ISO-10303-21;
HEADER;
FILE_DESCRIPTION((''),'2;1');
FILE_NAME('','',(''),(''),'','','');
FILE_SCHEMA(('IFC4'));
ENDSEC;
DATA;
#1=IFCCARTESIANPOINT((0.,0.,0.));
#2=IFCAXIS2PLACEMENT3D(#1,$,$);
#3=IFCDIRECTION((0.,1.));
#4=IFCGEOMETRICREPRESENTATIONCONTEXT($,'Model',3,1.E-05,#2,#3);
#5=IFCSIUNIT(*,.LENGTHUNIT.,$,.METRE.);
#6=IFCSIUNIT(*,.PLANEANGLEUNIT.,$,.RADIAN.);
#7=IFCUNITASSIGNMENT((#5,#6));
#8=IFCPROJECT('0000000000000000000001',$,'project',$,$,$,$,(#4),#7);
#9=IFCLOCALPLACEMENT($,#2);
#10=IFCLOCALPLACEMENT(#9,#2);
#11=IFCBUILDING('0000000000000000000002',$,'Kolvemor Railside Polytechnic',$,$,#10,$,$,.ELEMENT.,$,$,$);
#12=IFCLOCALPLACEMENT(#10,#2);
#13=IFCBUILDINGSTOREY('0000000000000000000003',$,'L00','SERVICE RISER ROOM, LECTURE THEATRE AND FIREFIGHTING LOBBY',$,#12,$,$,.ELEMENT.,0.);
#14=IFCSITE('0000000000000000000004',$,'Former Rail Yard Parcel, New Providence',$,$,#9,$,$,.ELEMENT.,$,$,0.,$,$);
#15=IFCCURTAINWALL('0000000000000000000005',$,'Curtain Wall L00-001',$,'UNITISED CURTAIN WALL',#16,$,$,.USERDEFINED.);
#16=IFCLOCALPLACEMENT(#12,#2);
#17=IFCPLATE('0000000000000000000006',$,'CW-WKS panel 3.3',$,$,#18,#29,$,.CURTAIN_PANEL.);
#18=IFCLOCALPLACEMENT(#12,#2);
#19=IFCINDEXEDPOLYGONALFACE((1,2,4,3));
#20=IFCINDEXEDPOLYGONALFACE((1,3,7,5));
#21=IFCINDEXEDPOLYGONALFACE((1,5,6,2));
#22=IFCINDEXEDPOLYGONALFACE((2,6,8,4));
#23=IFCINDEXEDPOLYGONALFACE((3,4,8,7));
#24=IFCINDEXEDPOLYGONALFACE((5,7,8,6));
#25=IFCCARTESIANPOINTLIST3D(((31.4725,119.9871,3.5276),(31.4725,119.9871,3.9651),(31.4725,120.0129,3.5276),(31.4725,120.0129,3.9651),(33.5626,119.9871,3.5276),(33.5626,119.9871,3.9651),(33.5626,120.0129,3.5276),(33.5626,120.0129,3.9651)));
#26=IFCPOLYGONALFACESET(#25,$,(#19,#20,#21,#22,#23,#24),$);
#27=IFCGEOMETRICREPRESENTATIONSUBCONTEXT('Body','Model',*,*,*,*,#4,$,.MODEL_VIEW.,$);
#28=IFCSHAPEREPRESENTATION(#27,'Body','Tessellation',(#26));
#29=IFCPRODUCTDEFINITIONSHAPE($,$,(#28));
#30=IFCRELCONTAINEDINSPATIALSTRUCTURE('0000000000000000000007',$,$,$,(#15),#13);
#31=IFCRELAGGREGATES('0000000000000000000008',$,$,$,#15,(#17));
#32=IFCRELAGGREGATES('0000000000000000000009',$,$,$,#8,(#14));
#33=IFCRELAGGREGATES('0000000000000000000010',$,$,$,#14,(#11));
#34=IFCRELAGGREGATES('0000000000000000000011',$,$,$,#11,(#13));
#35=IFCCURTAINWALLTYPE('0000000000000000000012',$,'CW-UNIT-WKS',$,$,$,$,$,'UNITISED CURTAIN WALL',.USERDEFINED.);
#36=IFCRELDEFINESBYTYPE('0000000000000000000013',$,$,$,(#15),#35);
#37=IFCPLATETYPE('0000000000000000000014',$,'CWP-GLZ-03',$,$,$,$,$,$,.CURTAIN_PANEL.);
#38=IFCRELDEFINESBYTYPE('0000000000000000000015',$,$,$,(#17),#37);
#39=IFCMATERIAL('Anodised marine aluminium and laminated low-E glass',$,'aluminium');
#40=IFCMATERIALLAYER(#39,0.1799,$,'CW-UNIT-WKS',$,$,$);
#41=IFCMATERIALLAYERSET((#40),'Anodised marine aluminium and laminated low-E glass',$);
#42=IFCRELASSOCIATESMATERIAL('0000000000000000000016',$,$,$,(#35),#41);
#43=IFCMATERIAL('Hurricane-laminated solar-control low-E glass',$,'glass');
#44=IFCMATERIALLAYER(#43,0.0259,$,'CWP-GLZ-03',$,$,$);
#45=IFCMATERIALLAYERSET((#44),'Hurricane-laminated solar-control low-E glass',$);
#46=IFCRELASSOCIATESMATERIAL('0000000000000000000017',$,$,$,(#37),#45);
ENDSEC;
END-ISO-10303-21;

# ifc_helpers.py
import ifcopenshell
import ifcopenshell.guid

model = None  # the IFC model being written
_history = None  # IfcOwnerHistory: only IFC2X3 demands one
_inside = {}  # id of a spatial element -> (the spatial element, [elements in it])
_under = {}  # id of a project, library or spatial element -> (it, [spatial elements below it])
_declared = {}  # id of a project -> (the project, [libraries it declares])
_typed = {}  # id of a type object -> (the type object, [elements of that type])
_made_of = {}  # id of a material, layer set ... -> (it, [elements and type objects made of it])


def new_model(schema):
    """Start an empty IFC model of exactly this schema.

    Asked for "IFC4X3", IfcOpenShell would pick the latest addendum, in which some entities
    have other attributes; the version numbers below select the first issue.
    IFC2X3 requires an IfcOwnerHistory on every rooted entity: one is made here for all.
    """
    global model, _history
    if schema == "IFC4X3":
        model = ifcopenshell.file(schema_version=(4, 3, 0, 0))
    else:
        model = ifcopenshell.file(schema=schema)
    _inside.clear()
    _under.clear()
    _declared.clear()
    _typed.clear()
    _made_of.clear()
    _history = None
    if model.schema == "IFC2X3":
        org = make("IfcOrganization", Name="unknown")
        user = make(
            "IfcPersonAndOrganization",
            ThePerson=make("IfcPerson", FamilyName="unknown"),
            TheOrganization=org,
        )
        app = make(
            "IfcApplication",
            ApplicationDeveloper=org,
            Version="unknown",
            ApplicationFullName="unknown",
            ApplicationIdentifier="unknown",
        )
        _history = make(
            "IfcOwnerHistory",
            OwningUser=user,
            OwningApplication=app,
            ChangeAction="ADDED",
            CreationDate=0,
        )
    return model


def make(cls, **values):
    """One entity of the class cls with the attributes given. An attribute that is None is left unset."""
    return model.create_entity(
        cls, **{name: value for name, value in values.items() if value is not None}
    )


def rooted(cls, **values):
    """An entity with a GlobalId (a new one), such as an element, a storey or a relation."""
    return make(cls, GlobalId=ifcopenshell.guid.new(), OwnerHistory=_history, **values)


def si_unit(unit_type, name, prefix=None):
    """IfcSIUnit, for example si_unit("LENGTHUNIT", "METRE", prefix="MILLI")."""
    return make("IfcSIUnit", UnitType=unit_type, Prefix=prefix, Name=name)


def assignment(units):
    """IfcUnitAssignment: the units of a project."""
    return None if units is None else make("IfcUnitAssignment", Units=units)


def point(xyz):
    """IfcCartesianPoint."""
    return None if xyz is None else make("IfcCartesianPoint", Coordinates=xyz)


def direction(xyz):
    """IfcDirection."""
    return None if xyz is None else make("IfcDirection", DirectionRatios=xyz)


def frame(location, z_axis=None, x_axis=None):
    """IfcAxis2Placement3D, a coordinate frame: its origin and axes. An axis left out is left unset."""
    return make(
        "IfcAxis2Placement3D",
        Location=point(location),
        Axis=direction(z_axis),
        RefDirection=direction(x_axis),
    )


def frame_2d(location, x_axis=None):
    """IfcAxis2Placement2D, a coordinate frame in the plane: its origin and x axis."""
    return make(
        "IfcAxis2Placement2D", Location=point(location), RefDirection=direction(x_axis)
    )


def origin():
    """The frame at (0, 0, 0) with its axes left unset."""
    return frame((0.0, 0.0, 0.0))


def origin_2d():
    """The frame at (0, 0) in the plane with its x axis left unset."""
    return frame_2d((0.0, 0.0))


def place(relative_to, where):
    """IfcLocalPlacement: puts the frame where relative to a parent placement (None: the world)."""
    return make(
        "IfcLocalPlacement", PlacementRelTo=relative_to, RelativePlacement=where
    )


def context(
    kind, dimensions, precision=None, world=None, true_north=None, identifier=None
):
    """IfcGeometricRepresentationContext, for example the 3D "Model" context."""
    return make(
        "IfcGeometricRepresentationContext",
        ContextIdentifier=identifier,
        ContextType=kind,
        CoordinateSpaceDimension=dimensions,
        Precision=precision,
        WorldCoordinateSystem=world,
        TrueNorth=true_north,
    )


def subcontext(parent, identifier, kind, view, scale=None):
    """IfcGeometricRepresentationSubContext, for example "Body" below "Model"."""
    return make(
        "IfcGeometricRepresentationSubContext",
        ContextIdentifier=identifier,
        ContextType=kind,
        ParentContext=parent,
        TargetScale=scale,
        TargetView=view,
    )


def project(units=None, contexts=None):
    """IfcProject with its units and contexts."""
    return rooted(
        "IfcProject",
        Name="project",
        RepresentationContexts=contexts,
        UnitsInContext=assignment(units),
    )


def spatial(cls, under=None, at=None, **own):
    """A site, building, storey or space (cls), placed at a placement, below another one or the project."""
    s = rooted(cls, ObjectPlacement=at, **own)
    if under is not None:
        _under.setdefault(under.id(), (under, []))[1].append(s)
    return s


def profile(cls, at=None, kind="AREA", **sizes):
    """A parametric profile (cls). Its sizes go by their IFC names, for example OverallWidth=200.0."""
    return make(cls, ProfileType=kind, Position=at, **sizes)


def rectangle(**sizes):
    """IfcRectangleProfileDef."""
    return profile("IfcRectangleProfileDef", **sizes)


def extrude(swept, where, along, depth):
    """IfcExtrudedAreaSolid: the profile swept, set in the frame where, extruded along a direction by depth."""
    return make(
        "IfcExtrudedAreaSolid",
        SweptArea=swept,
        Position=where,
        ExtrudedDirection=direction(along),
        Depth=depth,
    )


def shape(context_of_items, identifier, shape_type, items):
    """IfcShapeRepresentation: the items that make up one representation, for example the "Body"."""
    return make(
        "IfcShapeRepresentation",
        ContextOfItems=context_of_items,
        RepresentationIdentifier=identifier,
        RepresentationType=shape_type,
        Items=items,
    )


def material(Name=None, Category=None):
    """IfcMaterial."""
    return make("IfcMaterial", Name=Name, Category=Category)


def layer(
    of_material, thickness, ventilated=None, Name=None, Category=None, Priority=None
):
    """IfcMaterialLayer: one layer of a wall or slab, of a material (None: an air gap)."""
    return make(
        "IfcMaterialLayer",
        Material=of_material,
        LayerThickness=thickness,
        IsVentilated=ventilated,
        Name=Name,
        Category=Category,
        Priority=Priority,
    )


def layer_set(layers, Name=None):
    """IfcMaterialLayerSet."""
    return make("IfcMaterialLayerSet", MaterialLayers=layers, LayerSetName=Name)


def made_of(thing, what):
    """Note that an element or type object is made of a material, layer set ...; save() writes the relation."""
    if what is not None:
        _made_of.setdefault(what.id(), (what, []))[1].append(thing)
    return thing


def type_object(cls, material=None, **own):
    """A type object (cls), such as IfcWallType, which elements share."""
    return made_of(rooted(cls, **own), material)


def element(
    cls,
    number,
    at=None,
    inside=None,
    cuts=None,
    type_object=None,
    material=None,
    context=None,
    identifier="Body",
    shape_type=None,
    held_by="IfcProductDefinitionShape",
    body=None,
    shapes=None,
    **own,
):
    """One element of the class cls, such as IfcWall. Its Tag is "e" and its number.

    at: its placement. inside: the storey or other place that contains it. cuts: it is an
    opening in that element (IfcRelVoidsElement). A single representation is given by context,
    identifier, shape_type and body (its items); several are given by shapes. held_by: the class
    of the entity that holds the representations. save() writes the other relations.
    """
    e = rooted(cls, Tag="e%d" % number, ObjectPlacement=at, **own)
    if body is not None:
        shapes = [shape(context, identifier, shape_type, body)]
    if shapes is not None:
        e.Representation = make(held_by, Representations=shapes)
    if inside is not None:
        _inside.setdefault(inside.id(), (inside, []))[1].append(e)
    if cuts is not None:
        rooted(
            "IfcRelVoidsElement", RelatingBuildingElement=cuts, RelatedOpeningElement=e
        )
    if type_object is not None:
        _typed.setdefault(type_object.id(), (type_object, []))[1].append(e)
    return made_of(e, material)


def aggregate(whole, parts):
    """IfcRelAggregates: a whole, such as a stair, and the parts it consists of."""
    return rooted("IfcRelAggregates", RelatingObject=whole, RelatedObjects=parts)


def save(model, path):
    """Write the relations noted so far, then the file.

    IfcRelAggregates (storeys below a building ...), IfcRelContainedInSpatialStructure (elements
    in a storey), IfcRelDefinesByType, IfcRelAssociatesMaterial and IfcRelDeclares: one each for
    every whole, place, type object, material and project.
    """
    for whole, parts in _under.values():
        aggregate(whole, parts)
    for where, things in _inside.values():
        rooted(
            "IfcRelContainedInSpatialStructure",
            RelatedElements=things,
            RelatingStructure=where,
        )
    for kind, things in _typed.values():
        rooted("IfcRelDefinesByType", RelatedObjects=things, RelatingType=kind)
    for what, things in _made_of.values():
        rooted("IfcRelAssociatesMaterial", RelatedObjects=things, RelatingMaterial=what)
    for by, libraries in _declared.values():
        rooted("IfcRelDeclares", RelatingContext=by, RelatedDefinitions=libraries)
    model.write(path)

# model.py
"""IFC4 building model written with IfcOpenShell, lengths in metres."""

from ifc_helpers import new_model, si_unit, direction, frame, origin, origin_2d, place, context, subcontext, project, spatial, rectangle, extrude, material, layer, layer_set, type_object, element, aggregate, save


model = new_model("IFC4")

# Units and contexts
model_context = context("Model", 3, precision=1e-05, world=origin(), true_north=direction((0.0, 1.0)))
body_context = subcontext(model_context, "Body", "Model", "MODEL_VIEW")
ifc_project = project(units=[si_unit("LENGTHUNIT", "METRE"), si_unit("PLANEANGLEUNIT", "RADIAN")], contexts=[model_context])

# Site, building, storey
site_placement = place(None, origin())
site = spatial("IfcSite", under=ifc_project, at=site_placement, Name="Former Rail Yard Parcel, New Providence", CompositionType="ELEMENT", RefElevation=0.0)
building_placement = place(site_placement, origin())
building = spatial("IfcBuilding", under=site, at=building_placement, Name="Kolvemor Railside Polytechnic", CompositionType="ELEMENT")
storey_placement = place(building_placement, origin())
storey = spatial("IfcBuildingStorey", under=building, at=storey_placement, Name="L00", Description="SERVICE RISER ROOM, LECTURE THEATRE AND FIREFIGHTING LOBBY", CompositionType="ELEMENT", Elevation=0.0)

# Curtain wall, plate
ifc_material_1 = material(Name="Anodised marine aluminium and laminated low-E glass", Category="aluminium")
ifc_layer_1 = layer(ifc_material_1, 0.1799, Name="CW-UNIT-WKS")
ifc_layer_set_1 = layer_set([ifc_layer_1], Name="Anodised marine aluminium and laminated low-E glass")
curtain_wall_type = type_object("IfcCurtainWallType", Name="CW-UNIT-WKS", ElementType="UNITISED CURTAIN WALL", PredefinedType="USERDEFINED", material=ifc_layer_set_1)
curtain_wall_placement = place(storey_placement, origin())
curtain_wall = element("IfcCurtainWall", 1, at=curtain_wall_placement, inside=storey, type_object=curtain_wall_type, Name="Curtain Wall L00-001", ObjectType="UNITISED CURTAIN WALL", PredefinedType="USERDEFINED")
ifc_material_2 = material(Name="Hurricane-laminated solar-control low-E glass", Category="glass")
ifc_layer_2 = layer(ifc_material_2, 0.0259, Name="CWP-GLZ-03")
ifc_layer_set_2 = layer_set([ifc_layer_2], Name="Hurricane-laminated solar-control low-E glass")
plate_type = type_object("IfcPlateType", Name="CWP-GLZ-03", PredefinedType="CURTAIN_PANEL", material=ifc_layer_set_2)
plate_1_placement = place(storey_placement, frame((32.5176, 120.0, 3.5276), z_axis=(0.0, 0.0, 1.0), x_axis=(-1.0, 0.0, 0.0)))
plate_1 = element("IfcPlate", 2, at=plate_1_placement, type_object=plate_type, Name="CW-WKS panel 3.3", PredefinedType="CURTAIN_PANEL", context=body_context, shape_type="SweptSolid", body=[
    extrude(rectangle(XDim=2.0901, YDim=0.0259, at=origin_2d()), origin(), (0.0, 0.0, 1.0), 0.4375),
])
aggregate(curtain_wall, [plate_1])

save(model, "model.ifc")
